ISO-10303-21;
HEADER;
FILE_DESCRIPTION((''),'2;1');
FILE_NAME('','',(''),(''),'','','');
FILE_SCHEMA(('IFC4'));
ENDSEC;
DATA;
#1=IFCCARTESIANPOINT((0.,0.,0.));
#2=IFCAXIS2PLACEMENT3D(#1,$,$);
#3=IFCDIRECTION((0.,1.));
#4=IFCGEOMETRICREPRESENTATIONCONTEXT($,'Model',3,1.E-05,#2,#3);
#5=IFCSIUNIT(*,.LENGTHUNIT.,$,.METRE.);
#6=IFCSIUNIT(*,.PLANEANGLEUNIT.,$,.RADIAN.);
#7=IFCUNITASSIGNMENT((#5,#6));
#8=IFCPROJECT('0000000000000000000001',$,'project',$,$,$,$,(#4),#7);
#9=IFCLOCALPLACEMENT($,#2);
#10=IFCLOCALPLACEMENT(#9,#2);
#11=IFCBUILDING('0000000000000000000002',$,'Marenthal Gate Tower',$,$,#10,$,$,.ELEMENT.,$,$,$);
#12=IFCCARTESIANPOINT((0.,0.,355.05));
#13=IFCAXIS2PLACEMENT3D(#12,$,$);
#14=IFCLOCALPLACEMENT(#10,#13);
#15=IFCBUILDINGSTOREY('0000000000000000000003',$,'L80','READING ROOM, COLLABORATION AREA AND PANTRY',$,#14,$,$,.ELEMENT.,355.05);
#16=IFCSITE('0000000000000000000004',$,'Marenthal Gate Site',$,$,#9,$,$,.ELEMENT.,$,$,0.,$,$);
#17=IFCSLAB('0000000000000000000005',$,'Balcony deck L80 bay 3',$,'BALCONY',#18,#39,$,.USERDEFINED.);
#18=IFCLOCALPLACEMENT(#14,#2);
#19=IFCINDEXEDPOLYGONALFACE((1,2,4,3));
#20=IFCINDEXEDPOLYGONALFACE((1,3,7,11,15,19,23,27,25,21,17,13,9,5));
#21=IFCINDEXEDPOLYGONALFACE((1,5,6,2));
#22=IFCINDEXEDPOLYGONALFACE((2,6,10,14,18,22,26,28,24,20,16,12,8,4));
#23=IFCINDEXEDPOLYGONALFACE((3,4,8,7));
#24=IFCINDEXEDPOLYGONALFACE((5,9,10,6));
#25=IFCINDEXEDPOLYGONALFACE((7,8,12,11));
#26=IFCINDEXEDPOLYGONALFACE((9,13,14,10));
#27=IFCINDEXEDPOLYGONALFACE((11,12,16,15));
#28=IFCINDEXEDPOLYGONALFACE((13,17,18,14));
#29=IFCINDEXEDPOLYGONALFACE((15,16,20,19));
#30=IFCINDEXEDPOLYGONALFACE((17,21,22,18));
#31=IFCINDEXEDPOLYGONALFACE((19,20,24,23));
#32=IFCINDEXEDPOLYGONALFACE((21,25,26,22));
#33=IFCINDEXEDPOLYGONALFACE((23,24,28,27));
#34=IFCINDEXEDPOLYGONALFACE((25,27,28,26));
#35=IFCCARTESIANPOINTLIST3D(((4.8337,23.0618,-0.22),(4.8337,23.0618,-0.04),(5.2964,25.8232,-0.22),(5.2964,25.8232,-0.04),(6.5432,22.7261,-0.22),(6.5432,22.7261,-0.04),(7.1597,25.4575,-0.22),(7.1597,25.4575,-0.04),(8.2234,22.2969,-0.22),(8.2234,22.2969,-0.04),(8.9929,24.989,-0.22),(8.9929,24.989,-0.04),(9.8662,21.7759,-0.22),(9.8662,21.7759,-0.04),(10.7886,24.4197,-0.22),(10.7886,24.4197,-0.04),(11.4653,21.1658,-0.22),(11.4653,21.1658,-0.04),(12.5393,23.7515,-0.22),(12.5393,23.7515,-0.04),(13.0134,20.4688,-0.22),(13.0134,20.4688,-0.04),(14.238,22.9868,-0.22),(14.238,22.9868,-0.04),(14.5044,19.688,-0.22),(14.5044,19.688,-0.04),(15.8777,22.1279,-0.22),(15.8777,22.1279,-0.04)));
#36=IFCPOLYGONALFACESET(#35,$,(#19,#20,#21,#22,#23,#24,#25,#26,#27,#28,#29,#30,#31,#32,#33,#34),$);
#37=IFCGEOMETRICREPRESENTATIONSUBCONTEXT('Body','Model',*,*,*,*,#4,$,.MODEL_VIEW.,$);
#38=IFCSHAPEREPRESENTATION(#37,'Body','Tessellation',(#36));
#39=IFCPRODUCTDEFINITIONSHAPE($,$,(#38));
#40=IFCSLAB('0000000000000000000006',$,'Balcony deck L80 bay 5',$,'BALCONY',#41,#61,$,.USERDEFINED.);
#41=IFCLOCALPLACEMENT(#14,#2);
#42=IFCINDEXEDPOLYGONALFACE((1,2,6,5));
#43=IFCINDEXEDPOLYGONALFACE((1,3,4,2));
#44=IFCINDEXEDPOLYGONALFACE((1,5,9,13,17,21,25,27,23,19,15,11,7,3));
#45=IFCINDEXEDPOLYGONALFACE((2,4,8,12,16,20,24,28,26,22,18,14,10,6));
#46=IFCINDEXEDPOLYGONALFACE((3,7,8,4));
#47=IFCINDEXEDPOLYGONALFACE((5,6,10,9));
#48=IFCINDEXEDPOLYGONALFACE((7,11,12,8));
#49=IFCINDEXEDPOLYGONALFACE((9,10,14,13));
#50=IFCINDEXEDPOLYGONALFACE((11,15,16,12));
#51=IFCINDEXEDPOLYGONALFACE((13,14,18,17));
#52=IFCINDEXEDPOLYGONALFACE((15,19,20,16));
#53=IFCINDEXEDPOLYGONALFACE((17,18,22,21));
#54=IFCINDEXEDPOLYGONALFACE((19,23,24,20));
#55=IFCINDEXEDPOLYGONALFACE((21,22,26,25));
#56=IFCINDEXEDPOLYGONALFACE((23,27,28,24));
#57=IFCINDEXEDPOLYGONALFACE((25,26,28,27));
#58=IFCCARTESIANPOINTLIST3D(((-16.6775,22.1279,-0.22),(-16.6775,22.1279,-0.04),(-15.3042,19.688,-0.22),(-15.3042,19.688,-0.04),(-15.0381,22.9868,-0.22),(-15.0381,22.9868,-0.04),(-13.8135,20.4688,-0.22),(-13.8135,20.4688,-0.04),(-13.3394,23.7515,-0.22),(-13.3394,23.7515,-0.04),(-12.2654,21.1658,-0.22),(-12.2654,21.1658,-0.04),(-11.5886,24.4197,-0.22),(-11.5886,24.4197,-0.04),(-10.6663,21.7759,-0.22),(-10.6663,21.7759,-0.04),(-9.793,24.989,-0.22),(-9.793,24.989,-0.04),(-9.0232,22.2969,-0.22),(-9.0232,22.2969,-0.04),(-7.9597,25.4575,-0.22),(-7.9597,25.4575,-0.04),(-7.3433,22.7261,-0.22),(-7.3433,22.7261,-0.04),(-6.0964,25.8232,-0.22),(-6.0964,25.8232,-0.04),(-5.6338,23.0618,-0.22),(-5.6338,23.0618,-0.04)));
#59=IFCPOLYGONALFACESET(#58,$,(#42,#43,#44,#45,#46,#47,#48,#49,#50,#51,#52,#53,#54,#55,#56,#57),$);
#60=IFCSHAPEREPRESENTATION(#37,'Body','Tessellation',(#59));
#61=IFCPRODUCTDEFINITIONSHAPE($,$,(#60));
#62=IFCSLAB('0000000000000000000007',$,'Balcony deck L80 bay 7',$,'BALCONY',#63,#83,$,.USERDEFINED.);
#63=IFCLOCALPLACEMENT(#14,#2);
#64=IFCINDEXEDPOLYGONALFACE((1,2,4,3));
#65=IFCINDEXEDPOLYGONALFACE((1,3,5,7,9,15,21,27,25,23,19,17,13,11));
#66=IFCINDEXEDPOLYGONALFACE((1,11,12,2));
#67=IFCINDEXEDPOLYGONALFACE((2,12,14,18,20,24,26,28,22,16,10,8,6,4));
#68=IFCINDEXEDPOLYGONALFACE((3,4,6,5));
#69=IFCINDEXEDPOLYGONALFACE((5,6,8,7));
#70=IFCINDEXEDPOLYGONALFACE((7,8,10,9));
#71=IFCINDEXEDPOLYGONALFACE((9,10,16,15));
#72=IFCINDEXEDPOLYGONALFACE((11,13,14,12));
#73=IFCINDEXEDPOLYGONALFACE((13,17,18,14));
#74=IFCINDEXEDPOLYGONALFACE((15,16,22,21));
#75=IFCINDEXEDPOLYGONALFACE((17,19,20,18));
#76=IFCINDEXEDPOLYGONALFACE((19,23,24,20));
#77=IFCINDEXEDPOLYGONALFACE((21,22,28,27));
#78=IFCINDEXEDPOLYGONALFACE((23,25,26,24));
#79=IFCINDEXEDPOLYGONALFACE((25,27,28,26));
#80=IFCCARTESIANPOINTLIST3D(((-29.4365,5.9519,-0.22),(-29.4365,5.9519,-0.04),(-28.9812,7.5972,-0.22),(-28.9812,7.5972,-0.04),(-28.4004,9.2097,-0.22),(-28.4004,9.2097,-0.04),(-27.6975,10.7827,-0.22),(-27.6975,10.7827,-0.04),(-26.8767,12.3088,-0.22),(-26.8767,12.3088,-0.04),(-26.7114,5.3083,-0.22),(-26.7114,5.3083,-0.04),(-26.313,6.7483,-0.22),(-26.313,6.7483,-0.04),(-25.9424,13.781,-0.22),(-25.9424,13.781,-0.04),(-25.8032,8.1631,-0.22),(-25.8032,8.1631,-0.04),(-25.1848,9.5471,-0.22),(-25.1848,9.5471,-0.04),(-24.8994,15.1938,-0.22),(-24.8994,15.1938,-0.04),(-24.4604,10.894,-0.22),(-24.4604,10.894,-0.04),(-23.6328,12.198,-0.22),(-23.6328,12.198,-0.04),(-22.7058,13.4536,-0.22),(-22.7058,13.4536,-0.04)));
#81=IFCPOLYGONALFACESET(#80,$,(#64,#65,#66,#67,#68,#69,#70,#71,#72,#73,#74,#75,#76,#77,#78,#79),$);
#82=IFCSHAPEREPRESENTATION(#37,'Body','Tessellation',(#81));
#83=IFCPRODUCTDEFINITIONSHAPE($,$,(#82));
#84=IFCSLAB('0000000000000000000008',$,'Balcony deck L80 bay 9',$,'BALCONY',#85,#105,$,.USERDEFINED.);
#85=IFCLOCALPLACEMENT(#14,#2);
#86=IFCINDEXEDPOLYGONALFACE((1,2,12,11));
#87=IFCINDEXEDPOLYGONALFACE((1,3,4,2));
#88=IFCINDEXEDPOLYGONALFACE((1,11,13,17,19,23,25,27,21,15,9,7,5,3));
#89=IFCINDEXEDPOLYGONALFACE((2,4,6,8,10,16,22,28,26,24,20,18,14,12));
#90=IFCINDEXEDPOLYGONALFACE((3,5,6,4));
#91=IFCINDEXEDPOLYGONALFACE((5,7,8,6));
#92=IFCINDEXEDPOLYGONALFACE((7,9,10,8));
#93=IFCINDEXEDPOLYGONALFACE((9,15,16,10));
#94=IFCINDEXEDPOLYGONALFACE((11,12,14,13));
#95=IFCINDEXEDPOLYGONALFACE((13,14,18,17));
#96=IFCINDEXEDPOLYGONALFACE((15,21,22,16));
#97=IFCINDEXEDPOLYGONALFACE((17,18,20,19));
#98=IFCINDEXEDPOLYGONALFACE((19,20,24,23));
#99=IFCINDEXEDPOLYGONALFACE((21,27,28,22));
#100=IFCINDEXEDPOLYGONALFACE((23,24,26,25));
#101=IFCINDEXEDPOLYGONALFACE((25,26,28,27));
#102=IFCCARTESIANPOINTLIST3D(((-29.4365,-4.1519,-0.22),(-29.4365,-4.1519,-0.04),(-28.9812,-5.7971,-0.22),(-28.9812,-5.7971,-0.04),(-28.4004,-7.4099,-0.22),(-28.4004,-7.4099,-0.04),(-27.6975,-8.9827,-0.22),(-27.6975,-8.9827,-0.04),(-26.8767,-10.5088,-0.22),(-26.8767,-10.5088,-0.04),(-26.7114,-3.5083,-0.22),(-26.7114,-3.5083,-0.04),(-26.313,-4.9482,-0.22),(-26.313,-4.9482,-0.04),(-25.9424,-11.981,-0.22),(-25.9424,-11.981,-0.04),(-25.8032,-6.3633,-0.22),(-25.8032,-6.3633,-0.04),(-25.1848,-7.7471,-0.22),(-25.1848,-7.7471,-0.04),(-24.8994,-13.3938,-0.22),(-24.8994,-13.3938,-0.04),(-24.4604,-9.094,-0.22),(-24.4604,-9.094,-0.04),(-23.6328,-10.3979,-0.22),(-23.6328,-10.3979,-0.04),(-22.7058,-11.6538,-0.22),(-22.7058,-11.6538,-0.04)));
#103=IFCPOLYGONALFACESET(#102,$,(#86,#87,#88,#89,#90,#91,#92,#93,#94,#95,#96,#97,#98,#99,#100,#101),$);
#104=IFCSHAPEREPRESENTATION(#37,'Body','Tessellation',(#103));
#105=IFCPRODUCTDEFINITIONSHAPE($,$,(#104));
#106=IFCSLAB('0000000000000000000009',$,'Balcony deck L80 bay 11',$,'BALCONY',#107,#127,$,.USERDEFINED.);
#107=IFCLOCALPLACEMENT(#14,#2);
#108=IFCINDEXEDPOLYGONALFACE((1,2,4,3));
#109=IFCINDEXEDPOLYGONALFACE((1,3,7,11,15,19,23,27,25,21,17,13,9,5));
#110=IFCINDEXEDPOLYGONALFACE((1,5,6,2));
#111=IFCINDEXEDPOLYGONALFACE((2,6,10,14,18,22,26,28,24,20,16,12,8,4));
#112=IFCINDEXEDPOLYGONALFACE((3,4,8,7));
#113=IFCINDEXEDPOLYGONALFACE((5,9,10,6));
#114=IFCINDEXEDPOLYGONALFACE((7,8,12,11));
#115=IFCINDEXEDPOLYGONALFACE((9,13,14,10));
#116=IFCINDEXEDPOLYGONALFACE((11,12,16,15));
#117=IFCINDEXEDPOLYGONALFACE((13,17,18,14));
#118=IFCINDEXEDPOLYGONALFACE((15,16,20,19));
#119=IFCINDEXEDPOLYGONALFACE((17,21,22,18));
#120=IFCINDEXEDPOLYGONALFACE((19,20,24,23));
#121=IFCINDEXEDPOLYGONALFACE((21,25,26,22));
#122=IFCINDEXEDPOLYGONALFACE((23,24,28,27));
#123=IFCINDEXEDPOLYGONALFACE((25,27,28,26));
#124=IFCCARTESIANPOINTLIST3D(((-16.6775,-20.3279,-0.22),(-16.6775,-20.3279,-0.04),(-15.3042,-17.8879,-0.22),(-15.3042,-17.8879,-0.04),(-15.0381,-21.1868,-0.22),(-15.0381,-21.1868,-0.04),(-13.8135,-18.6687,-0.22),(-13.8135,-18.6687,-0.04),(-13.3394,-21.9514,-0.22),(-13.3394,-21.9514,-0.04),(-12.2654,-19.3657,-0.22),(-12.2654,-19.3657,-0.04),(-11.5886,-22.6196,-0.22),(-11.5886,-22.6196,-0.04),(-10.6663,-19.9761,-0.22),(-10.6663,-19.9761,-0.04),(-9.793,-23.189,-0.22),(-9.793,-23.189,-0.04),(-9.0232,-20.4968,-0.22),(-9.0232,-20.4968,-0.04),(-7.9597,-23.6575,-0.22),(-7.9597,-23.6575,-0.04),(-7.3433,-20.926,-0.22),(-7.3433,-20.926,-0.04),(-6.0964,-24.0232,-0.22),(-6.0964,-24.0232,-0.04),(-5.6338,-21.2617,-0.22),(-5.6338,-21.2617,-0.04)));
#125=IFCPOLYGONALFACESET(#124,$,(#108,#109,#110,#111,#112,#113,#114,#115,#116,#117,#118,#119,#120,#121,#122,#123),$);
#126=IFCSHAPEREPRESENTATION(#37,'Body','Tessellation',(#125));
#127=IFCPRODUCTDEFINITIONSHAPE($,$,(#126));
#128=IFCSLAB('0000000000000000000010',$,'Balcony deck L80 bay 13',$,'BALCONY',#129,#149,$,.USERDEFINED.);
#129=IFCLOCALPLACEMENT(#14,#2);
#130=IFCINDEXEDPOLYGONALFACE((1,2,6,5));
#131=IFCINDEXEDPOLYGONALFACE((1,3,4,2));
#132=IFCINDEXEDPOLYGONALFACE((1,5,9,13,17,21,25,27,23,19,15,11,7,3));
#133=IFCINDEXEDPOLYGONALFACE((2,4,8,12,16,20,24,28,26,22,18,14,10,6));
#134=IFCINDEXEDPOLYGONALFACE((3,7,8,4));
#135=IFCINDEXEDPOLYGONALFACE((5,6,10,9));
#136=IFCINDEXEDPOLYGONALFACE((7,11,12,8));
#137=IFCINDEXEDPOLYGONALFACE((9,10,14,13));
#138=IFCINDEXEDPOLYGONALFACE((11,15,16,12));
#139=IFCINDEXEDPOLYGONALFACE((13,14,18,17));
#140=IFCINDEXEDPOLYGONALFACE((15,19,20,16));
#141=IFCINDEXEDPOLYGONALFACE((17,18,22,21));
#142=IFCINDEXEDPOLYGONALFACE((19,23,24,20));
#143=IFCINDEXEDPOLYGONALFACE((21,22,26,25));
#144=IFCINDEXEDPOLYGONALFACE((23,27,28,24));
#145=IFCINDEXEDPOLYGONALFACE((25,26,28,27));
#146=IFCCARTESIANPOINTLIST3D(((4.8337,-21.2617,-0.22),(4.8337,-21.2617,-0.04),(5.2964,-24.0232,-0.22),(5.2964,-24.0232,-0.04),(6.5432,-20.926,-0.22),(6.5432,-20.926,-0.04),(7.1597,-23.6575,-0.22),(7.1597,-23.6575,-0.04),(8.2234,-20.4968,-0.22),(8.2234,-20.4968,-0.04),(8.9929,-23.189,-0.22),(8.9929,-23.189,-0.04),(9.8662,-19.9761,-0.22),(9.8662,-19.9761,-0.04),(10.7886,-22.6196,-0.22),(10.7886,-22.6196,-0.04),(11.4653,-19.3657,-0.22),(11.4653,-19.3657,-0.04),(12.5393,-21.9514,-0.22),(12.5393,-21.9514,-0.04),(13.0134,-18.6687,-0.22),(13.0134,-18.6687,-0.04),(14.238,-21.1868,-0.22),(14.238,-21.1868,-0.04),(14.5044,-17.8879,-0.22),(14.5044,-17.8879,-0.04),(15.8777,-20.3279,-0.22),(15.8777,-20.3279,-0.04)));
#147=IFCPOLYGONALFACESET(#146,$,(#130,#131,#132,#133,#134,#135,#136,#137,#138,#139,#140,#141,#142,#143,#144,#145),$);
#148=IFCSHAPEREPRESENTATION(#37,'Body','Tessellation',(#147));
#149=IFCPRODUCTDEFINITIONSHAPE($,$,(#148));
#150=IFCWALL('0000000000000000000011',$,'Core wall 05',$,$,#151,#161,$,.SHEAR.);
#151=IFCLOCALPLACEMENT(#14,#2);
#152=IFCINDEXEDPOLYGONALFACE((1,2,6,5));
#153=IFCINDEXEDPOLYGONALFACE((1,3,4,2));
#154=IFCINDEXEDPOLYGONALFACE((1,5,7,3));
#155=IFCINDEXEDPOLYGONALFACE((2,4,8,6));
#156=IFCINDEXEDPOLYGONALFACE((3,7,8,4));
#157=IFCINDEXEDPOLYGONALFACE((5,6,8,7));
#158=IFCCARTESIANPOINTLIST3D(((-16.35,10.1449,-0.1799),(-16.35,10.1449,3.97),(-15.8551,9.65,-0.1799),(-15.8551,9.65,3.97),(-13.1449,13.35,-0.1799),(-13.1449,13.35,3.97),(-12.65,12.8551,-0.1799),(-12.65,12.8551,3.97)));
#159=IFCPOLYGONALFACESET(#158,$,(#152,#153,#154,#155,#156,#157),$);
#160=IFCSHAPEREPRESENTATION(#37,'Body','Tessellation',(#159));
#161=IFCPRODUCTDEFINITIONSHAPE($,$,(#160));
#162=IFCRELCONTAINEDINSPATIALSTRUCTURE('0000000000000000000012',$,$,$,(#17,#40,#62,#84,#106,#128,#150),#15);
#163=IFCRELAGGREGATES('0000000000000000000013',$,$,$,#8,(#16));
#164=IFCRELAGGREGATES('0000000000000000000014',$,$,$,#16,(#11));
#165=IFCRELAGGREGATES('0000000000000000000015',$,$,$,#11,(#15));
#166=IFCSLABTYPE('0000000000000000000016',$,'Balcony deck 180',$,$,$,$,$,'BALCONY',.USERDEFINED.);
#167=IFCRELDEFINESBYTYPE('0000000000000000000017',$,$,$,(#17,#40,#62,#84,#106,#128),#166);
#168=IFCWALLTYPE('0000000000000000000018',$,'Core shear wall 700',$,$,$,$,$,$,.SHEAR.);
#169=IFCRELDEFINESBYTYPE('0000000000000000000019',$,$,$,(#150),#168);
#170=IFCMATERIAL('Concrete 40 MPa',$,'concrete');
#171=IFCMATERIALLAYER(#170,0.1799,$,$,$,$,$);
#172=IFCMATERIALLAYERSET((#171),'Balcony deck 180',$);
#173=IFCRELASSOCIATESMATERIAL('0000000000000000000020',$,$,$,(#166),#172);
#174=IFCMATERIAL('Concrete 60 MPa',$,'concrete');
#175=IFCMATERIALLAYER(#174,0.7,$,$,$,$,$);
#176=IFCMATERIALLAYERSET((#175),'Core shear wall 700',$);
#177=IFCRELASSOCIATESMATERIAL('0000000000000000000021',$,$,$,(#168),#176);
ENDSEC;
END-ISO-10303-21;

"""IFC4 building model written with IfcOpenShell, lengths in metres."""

from ifc_helpers import new_model, si_unit, direction, frame, frame_2d, origin, place, context, subcontext, project, spatial, polyline, rectangle, outline, extrude, material, layer, layer_set, type_object, element, save


model = new_model("IFC4")

# Units and contexts
model_context = context("Model", 3, precision=1e-05, world=origin(), true_north=direction((0.0, 1.0)))
body_context = subcontext(model_context, "Body", "Model", "MODEL_VIEW")
ifc_project = project(units=[si_unit("LENGTHUNIT", "METRE"), si_unit("PLANEANGLEUNIT", "RADIAN")], contexts=[model_context])

# Site, building, storey
site_placement = place(None, origin())
site = spatial("IfcSite", under=ifc_project, at=site_placement, Name="Marenthal Gate Site", CompositionType="ELEMENT", RefElevation=0.0)
building_placement = place(site_placement, origin())
building = spatial("IfcBuilding", under=site, at=building_placement, Name="Marenthal Gate Tower", CompositionType="ELEMENT")
storey_placement = place(building_placement, frame((0.0, 0.0, 355.05)))
storey = spatial("IfcBuildingStorey", under=building, at=storey_placement, Name="L80", Description="READING ROOM, COLLABORATION AREA AND PANTRY", CompositionType="ELEMENT", Elevation=355.05)

# Slabs
ifc_material_1 = material(Name="Concrete 40 MPa", Category="concrete")
ifc_layer_1 = layer(ifc_material_1, 0.1799)
ifc_layer_set_1 = layer_set([ifc_layer_1], Name="Balcony deck 180")
slab_type = type_object("IfcSlabType", Name="Balcony deck 180", ElementType="BALCONY", PredefinedType="USERDEFINED", material=ifc_layer_set_1)
slab_1_placement = place(storey_placement, frame((0.0, 0.0, -0.22)))
element("IfcSlab", 1, at=slab_1_placement, inside=storey, type_object=slab_type, Name="Balcony deck L80 bay 3", ObjectType="BALCONY", PredefinedType="USERDEFINED", context=body_context, shape_type="SweptSolid", body=[
    extrude(outline(polyline([(14.5044, 19.688), (13.0134, 20.4688), (11.4653, 21.1658), (9.8662, 21.7759), (8.2234, 22.2969), (6.5432, 22.7261), (4.8337, 23.0618), (5.2964, 25.8232), (7.1597, 25.4575), (8.9929, 24.989), (10.7886, 24.4197), (12.5393, 23.7515), (14.238, 22.9868), (15.8777, 22.1279), (14.5044, 19.688)])), origin(), (0.0, 0.0, 1.0), 0.1799),
])
slab_2_placement = place(storey_placement, frame((0.0, 0.0, -0.22)))
element("IfcSlab", 2, at=slab_2_placement, inside=storey, type_object=slab_type, Name="Balcony deck L80 bay 5", ObjectType="BALCONY", PredefinedType="USERDEFINED", context=body_context, shape_type="SweptSolid", body=[
    extrude(outline(polyline([(-5.6338, 23.0618), (-7.3433, 22.7261), (-9.0232, 22.2969), (-10.6663, 21.7759), (-12.2654, 21.1658), (-13.8135, 20.4688), (-15.3042, 19.688), (-16.6775, 22.1279), (-15.0381, 22.9868), (-13.3394, 23.7515), (-11.5886, 24.4197), (-9.793, 24.989), (-7.9597, 25.4575), (-6.0964, 25.8232), (-5.6338, 23.0618)])), origin(), (0.0, 0.0, 1.0), 0.1799),
])
slab_3_placement = place(storey_placement, frame((0.0, 0.0, -0.22)))
element("IfcSlab", 3, at=slab_3_placement, inside=storey, type_object=slab_type, Name="Balcony deck L80 bay 7", ObjectType="BALCONY", PredefinedType="USERDEFINED", context=body_context, shape_type="SweptSolid", body=[
    extrude(outline(polyline([(-22.7058, 13.4536), (-23.6328, 12.198), (-24.4604, 10.894), (-25.1848, 9.5471), (-25.8032, 8.1631), (-26.313, 6.7483), (-26.7114, 5.3083), (-29.4365, 5.9519), (-28.9812, 7.5972), (-28.4004, 9.2097), (-27.6975, 10.7827), (-26.8767, 12.3088), (-25.9424, 13.781), (-24.8994, 15.1938), (-22.7058, 13.4536)])), origin(), (0.0, 0.0, 1.0), 0.1799),
])
slab_4_placement = place(storey_placement, frame((0.0, 0.0, -0.22)))
element("IfcSlab", 4, at=slab_4_placement, inside=storey, type_object=slab_type, Name="Balcony deck L80 bay 9", ObjectType="BALCONY", PredefinedType="USERDEFINED", context=body_context, shape_type="SweptSolid", body=[
    extrude(outline(polyline([(-26.7114, -3.5083), (-26.313, -4.9482), (-25.8032, -6.3633), (-25.1848, -7.7471), (-24.4604, -9.094), (-23.6328, -10.3979), (-22.7058, -11.6538), (-24.8994, -13.3938), (-25.9424, -11.981), (-26.8767, -10.5088), (-27.6975, -8.9827), (-28.4004, -7.4099), (-28.9812, -5.7971), (-29.4365, -4.1519), (-26.7114, -3.5083)])), origin(), (0.0, 0.0, 1.0), 0.1799),
])
slab_5_placement = place(storey_placement, frame((0.0, 0.0, -0.22)))
element("IfcSlab", 5, at=slab_5_placement, inside=storey, type_object=slab_type, Name="Balcony deck L80 bay 11", ObjectType="BALCONY", PredefinedType="USERDEFINED", context=body_context, shape_type="SweptSolid", body=[
    extrude(outline(polyline([(-15.3042, -17.8879), (-13.8135, -18.6687), (-12.2654, -19.3657), (-10.6663, -19.9761), (-9.0232, -20.4968), (-7.3433, -20.926), (-5.6338, -21.2617), (-6.0964, -24.0232), (-7.9597, -23.6575), (-9.793, -23.189), (-11.5886, -22.6196), (-13.3394, -21.9514), (-15.0381, -21.1868), (-16.6775, -20.3279), (-15.3042, -17.8879)])), origin(), (0.0, 0.0, 1.0), 0.1799),
])
slab_6_placement = place(storey_placement, frame((0.0, 0.0, -0.22)))
element("IfcSlab", 6, at=slab_6_placement, inside=storey, type_object=slab_type, Name="Balcony deck L80 bay 13", ObjectType="BALCONY", PredefinedType="USERDEFINED", context=body_context, shape_type="SweptSolid", body=[
    extrude(outline(polyline([(4.8337, -21.2617), (6.5432, -20.926), (8.2234, -20.4968), (9.8662, -19.9761), (11.4653, -19.3657), (13.0134, -18.6687), (14.5044, -17.8879), (15.8777, -20.3279), (14.238, -21.1868), (12.5393, -21.9514), (10.7886, -22.6196), (8.9929, -23.189), (7.1597, -23.6575), (5.2964, -24.0232), (4.8337, -21.2617)])), origin(), (0.0, 0.0, 1.0), 0.1799),
])

# Wall
ifc_material_2 = material(Name="Concrete 60 MPa", Category="concrete")
ifc_layer_2 = layer(ifc_material_2, 0.7)
ifc_layer_set_2 = layer_set([ifc_layer_2], Name="Core shear wall 700")
wall_type_1 = type_object("IfcWallType", Name="Core shear wall 700", PredefinedType="SHEAR", material=ifc_layer_set_2)
wall_1_placement = place(storey_placement, frame((-12.8975, 13.1025, -0.1799), z_axis=(0.0, 0.0, 1.0), x_axis=(-0.707107, -0.707107, 0.0)))
element("IfcWall", 7, at=wall_1_placement, inside=storey, type_object=wall_type_1, Name="Core wall 05", PredefinedType="SHEAR", context=body_context, shape_type="SweptSolid", body=[
    extrude(rectangle(XDim=4.5327, YDim=0.7, at=frame_2d((2.2664, 0.0))), origin(), (0.0, 0.0, 1.0), 4.1499),
])

save(model, "model.ifc")
